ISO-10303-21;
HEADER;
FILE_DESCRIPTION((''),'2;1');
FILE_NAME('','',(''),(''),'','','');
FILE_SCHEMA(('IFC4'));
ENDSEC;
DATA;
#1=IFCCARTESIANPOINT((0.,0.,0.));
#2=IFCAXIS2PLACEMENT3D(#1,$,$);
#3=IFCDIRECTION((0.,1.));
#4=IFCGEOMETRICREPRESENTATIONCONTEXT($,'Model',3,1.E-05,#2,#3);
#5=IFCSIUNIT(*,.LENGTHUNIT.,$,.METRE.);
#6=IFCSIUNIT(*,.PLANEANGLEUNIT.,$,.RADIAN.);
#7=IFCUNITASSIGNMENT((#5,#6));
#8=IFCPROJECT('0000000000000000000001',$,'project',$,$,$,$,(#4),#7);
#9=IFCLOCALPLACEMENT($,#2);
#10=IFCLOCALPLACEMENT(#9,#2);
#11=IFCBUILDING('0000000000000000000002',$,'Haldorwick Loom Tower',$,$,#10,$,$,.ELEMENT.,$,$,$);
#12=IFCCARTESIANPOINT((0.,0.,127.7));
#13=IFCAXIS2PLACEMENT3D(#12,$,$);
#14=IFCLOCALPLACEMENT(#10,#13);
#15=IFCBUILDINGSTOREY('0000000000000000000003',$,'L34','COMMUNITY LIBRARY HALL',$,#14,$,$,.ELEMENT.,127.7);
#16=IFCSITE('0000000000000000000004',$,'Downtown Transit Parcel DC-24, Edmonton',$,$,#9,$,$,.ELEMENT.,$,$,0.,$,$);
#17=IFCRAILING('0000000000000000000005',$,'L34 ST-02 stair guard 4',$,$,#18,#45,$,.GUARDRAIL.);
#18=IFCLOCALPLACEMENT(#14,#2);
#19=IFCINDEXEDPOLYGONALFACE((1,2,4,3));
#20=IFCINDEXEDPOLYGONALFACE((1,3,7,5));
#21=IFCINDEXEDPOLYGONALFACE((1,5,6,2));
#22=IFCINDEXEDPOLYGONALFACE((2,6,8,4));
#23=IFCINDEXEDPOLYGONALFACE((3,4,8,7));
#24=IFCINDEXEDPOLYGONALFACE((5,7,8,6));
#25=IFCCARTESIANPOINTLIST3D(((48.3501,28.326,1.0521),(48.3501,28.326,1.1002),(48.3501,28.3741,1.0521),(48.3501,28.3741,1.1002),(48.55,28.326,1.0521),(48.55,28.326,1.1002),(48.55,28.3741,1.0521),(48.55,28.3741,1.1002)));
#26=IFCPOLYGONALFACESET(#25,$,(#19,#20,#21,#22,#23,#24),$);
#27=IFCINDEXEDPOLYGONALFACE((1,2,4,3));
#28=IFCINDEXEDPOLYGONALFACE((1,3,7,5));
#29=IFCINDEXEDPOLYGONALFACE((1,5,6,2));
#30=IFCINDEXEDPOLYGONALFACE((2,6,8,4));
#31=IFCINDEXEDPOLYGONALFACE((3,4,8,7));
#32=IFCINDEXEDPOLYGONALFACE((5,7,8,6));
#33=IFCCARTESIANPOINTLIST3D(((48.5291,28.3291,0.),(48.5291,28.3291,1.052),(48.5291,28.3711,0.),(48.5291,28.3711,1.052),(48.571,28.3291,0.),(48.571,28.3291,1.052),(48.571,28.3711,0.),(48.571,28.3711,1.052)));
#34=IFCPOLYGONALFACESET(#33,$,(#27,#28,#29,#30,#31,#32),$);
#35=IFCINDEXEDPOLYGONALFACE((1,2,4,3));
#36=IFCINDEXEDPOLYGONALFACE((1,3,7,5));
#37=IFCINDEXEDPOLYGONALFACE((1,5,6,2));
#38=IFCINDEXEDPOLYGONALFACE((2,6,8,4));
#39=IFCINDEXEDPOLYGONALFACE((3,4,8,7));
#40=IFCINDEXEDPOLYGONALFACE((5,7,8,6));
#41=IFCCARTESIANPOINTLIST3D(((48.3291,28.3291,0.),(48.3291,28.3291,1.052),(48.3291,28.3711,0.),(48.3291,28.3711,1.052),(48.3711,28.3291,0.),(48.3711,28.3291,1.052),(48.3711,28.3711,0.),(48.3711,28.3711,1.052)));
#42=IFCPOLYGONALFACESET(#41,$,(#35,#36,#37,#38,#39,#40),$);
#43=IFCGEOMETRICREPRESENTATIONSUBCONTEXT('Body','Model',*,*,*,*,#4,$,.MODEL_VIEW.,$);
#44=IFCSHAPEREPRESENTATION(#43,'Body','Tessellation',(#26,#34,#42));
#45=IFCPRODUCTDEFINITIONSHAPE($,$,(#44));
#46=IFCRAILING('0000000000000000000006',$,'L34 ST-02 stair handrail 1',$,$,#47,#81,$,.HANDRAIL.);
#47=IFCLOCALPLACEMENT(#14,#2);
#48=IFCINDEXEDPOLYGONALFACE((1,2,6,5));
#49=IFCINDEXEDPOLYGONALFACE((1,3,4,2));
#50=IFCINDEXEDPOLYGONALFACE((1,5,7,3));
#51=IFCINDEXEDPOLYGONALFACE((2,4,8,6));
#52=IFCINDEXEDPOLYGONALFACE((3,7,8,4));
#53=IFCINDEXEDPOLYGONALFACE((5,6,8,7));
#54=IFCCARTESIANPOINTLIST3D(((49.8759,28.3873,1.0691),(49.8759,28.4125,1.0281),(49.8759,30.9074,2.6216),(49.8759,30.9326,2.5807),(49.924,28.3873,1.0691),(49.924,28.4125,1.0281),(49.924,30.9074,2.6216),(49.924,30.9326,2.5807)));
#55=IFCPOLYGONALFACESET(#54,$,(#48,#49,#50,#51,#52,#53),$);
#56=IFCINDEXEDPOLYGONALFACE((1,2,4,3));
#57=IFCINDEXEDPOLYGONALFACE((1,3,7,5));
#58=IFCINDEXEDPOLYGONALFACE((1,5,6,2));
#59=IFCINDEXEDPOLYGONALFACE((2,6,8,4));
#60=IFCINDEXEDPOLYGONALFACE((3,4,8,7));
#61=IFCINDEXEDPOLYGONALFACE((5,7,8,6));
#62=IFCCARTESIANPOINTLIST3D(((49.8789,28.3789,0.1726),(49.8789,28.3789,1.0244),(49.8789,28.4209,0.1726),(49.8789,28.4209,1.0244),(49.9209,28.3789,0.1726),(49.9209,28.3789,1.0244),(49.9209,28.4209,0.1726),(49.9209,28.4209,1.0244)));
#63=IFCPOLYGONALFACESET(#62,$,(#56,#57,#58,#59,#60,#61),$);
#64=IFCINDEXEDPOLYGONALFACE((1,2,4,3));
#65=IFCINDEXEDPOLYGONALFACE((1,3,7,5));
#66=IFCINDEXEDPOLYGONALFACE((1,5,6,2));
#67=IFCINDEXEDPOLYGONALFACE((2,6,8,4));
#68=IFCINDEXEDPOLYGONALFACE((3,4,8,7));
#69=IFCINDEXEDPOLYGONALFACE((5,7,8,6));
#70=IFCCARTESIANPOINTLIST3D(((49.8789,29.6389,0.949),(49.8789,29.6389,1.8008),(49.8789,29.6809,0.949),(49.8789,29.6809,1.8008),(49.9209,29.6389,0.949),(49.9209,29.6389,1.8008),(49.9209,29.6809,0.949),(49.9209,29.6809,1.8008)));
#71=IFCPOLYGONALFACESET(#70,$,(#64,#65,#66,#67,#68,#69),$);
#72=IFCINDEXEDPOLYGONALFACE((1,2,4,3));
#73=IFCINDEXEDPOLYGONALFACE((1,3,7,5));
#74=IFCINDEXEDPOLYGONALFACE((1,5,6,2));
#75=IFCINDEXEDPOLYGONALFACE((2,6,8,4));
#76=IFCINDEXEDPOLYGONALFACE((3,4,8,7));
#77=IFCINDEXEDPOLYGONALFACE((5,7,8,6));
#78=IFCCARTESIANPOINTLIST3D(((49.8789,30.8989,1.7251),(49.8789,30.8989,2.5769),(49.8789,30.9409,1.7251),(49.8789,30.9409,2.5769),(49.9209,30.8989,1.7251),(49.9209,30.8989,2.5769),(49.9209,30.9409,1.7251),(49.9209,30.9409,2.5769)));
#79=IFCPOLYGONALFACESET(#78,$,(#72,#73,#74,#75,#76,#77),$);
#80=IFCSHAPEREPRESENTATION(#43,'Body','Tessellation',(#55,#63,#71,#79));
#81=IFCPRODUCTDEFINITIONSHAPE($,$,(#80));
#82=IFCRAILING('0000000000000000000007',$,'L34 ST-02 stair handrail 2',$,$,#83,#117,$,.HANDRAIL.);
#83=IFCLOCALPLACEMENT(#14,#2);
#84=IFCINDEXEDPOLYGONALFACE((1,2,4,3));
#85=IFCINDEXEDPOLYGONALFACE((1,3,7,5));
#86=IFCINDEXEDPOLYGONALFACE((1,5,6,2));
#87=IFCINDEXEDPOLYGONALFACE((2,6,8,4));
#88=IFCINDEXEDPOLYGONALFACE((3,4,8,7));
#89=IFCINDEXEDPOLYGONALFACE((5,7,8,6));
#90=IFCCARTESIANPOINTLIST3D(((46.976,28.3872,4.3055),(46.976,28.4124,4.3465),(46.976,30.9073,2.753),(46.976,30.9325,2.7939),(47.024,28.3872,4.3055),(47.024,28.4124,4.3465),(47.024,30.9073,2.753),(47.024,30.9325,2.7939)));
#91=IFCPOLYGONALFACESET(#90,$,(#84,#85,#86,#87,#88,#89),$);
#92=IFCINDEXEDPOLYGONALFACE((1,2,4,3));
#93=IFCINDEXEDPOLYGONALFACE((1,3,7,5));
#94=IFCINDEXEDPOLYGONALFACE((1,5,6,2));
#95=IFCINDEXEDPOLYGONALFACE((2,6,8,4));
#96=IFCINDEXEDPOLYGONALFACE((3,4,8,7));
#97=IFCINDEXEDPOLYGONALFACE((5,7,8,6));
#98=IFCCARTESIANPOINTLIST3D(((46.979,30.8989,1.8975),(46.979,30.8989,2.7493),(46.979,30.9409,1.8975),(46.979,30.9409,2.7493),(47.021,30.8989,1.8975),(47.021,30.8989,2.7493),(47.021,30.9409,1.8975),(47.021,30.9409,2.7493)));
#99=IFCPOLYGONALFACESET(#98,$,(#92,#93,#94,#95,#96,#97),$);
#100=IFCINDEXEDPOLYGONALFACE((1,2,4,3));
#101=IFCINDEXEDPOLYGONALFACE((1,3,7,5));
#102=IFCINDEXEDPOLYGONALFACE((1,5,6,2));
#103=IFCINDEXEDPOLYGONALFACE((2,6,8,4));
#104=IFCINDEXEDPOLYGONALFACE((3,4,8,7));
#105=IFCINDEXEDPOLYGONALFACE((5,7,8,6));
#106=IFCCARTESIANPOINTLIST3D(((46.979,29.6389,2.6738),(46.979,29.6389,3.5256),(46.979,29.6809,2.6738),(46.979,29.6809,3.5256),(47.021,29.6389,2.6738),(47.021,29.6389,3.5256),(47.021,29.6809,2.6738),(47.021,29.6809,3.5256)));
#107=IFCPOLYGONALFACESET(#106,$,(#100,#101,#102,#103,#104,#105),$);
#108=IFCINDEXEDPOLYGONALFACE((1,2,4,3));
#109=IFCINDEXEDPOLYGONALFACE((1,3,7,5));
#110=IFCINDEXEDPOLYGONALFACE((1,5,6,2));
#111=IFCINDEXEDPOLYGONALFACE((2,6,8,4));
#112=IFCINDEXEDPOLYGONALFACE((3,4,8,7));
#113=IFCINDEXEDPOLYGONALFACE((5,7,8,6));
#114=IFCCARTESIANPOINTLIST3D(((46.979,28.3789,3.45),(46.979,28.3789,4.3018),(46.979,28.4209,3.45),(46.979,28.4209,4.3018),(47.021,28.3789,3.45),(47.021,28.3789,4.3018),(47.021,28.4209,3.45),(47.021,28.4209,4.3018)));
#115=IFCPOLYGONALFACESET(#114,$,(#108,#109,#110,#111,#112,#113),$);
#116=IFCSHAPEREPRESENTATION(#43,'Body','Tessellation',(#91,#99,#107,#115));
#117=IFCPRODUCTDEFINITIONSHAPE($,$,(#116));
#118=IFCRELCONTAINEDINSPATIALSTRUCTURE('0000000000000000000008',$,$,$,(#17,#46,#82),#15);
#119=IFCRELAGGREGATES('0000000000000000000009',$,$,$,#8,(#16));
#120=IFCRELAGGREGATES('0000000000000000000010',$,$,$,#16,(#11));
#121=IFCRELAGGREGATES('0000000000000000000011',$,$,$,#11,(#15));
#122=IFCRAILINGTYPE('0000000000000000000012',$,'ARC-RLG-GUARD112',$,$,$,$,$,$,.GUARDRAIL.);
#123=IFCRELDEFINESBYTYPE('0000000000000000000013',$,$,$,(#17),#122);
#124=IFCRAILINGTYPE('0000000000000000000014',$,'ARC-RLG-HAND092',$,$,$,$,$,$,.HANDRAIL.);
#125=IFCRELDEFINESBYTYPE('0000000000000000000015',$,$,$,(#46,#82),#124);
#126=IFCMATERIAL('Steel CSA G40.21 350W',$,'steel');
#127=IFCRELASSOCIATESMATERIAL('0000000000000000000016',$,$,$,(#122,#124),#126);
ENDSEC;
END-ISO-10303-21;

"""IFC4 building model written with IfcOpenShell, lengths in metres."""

from ifc_helpers import new_model, si_unit, direction, frame, origin, origin_2d, place, context, subcontext, project, spatial, rectangle, extrude, material, type_object, element, save


model = new_model("IFC4")

# Units and contexts
model_context = context("Model", 3, precision=1e-05, world=origin(), true_north=direction((0.0, 1.0)))
body_context = subcontext(model_context, "Body", "Model", "MODEL_VIEW")
ifc_project = project(units=[si_unit("LENGTHUNIT", "METRE"), si_unit("PLANEANGLEUNIT", "RADIAN")], contexts=[model_context])

# Site, building, storey
site_placement = place(None, origin())
site = spatial("IfcSite", under=ifc_project, at=site_placement, Name="Downtown Transit Parcel DC-24, Edmonton", CompositionType="ELEMENT", RefElevation=0.0)
building_placement = place(site_placement, origin())
building = spatial("IfcBuilding", under=site, at=building_placement, Name="Haldorwick Loom Tower", CompositionType="ELEMENT")
storey_placement = place(building_placement, frame((0.0, 0.0, 127.7)))
storey = spatial("IfcBuildingStorey", under=building, at=storey_placement, Name="L34", Description="COMMUNITY LIBRARY HALL", CompositionType="ELEMENT", Elevation=127.7)

# Shared definitions
ifc_material_1 = material(Name="Steel CSA G40.21 350W", Category="steel")

# Railings
railing_type_1 = type_object("IfcRailingType", Name="ARC-RLG-GUARD112", PredefinedType="GUARDRAIL", material=ifc_material_1)
railing_1_placement = place(storey_placement, frame((48.55, 28.3501, 0.0)))
element("IfcRailing", 1, at=railing_1_placement, inside=storey, type_object=railing_type_1, Name="L34 ST-02 stair guard 4", PredefinedType="GUARDRAIL", context=body_context, shape_type="SweptSolid", body=[
    extrude(rectangle(XDim=0.0481, YDim=0.0481, at=origin_2d()), frame((0.0, 0.0, 1.0762), z_axis=(-1.0, 0.0, 0.0), x_axis=(0.0, -1.0, 0.0)), (0.0, 0.0, 1.0), 0.2),
    extrude(rectangle(XDim=0.042, YDim=0.042, at=origin_2d()), origin(), (0.0, 0.0, 1.0), 1.052),
    extrude(rectangle(XDim=0.042, YDim=0.042, at=origin_2d()), frame((-0.2, 0.0, 0.0)), (0.0, 0.0, 1.0), 1.052),
])
railing_type_2 = type_object("IfcRailingType", Name="ARC-RLG-HAND092", PredefinedType="HANDRAIL", material=ifc_material_1)
railing_2_placement = place(storey_placement, frame((49.8999, 28.3999, 0.1726)))
element("IfcRailing", 2, at=railing_2_placement, inside=storey, type_object=railing_type_2, Name="L34 ST-02 stair handrail 1", PredefinedType="HANDRAIL", context=body_context, shape_type="SweptSolid", body=[
    extrude(rectangle(XDim=0.0481, YDim=0.0481, at=origin_2d()), frame((0.0, 0.0, 0.876), z_axis=(0.0, 0.8514, 0.524516), x_axis=(-1.0, 0.0, 0.0)), (0.0, 0.0, 1.0), 2.96),
    extrude(rectangle(XDim=0.042, YDim=0.042, at=origin_2d()), origin(), (0.0, 0.0, 1.0), 0.8518),
    extrude(rectangle(XDim=0.042, YDim=0.042, at=origin_2d()), frame((0.0, 1.26, 0.7764)), (0.0, 0.0, 1.0), 0.8518),
    extrude(rectangle(XDim=0.042, YDim=0.042, at=origin_2d()), frame((0.0, 2.52, 1.5525)), (0.0, 0.0, 1.0), 0.8518),
])
railing_3_placement = place(storey_placement, frame((47.0, 30.9199, 1.8975)))
element("IfcRailing", 3, at=railing_3_placement, inside=storey, type_object=railing_type_2, Name="L34 ST-02 stair handrail 2", PredefinedType="HANDRAIL", context=body_context, shape_type="SweptSolid", body=[
    extrude(rectangle(XDim=0.0481, YDim=0.0481, at=origin_2d()), frame((0.0, 0.0, 0.876), z_axis=(0.0, -0.8514, 0.524516), x_axis=(1.0, 0.0, 0.0)), (0.0, 0.0, 1.0), 2.96),
    extrude(rectangle(XDim=0.042, YDim=0.042, at=origin_2d()), origin(), (0.0, 0.0, 1.0), 0.8518),
    extrude(rectangle(XDim=0.042, YDim=0.042, at=origin_2d()), frame((0.0, -1.26, 0.7764)), (0.0, 0.0, 1.0), 0.8518),
    extrude(rectangle(XDim=0.042, YDim=0.042, at=origin_2d()), frame((0.0, -2.52, 1.5525)), (0.0, 0.0, 1.0), 0.8518),
])

save(model, "model.ifc")
